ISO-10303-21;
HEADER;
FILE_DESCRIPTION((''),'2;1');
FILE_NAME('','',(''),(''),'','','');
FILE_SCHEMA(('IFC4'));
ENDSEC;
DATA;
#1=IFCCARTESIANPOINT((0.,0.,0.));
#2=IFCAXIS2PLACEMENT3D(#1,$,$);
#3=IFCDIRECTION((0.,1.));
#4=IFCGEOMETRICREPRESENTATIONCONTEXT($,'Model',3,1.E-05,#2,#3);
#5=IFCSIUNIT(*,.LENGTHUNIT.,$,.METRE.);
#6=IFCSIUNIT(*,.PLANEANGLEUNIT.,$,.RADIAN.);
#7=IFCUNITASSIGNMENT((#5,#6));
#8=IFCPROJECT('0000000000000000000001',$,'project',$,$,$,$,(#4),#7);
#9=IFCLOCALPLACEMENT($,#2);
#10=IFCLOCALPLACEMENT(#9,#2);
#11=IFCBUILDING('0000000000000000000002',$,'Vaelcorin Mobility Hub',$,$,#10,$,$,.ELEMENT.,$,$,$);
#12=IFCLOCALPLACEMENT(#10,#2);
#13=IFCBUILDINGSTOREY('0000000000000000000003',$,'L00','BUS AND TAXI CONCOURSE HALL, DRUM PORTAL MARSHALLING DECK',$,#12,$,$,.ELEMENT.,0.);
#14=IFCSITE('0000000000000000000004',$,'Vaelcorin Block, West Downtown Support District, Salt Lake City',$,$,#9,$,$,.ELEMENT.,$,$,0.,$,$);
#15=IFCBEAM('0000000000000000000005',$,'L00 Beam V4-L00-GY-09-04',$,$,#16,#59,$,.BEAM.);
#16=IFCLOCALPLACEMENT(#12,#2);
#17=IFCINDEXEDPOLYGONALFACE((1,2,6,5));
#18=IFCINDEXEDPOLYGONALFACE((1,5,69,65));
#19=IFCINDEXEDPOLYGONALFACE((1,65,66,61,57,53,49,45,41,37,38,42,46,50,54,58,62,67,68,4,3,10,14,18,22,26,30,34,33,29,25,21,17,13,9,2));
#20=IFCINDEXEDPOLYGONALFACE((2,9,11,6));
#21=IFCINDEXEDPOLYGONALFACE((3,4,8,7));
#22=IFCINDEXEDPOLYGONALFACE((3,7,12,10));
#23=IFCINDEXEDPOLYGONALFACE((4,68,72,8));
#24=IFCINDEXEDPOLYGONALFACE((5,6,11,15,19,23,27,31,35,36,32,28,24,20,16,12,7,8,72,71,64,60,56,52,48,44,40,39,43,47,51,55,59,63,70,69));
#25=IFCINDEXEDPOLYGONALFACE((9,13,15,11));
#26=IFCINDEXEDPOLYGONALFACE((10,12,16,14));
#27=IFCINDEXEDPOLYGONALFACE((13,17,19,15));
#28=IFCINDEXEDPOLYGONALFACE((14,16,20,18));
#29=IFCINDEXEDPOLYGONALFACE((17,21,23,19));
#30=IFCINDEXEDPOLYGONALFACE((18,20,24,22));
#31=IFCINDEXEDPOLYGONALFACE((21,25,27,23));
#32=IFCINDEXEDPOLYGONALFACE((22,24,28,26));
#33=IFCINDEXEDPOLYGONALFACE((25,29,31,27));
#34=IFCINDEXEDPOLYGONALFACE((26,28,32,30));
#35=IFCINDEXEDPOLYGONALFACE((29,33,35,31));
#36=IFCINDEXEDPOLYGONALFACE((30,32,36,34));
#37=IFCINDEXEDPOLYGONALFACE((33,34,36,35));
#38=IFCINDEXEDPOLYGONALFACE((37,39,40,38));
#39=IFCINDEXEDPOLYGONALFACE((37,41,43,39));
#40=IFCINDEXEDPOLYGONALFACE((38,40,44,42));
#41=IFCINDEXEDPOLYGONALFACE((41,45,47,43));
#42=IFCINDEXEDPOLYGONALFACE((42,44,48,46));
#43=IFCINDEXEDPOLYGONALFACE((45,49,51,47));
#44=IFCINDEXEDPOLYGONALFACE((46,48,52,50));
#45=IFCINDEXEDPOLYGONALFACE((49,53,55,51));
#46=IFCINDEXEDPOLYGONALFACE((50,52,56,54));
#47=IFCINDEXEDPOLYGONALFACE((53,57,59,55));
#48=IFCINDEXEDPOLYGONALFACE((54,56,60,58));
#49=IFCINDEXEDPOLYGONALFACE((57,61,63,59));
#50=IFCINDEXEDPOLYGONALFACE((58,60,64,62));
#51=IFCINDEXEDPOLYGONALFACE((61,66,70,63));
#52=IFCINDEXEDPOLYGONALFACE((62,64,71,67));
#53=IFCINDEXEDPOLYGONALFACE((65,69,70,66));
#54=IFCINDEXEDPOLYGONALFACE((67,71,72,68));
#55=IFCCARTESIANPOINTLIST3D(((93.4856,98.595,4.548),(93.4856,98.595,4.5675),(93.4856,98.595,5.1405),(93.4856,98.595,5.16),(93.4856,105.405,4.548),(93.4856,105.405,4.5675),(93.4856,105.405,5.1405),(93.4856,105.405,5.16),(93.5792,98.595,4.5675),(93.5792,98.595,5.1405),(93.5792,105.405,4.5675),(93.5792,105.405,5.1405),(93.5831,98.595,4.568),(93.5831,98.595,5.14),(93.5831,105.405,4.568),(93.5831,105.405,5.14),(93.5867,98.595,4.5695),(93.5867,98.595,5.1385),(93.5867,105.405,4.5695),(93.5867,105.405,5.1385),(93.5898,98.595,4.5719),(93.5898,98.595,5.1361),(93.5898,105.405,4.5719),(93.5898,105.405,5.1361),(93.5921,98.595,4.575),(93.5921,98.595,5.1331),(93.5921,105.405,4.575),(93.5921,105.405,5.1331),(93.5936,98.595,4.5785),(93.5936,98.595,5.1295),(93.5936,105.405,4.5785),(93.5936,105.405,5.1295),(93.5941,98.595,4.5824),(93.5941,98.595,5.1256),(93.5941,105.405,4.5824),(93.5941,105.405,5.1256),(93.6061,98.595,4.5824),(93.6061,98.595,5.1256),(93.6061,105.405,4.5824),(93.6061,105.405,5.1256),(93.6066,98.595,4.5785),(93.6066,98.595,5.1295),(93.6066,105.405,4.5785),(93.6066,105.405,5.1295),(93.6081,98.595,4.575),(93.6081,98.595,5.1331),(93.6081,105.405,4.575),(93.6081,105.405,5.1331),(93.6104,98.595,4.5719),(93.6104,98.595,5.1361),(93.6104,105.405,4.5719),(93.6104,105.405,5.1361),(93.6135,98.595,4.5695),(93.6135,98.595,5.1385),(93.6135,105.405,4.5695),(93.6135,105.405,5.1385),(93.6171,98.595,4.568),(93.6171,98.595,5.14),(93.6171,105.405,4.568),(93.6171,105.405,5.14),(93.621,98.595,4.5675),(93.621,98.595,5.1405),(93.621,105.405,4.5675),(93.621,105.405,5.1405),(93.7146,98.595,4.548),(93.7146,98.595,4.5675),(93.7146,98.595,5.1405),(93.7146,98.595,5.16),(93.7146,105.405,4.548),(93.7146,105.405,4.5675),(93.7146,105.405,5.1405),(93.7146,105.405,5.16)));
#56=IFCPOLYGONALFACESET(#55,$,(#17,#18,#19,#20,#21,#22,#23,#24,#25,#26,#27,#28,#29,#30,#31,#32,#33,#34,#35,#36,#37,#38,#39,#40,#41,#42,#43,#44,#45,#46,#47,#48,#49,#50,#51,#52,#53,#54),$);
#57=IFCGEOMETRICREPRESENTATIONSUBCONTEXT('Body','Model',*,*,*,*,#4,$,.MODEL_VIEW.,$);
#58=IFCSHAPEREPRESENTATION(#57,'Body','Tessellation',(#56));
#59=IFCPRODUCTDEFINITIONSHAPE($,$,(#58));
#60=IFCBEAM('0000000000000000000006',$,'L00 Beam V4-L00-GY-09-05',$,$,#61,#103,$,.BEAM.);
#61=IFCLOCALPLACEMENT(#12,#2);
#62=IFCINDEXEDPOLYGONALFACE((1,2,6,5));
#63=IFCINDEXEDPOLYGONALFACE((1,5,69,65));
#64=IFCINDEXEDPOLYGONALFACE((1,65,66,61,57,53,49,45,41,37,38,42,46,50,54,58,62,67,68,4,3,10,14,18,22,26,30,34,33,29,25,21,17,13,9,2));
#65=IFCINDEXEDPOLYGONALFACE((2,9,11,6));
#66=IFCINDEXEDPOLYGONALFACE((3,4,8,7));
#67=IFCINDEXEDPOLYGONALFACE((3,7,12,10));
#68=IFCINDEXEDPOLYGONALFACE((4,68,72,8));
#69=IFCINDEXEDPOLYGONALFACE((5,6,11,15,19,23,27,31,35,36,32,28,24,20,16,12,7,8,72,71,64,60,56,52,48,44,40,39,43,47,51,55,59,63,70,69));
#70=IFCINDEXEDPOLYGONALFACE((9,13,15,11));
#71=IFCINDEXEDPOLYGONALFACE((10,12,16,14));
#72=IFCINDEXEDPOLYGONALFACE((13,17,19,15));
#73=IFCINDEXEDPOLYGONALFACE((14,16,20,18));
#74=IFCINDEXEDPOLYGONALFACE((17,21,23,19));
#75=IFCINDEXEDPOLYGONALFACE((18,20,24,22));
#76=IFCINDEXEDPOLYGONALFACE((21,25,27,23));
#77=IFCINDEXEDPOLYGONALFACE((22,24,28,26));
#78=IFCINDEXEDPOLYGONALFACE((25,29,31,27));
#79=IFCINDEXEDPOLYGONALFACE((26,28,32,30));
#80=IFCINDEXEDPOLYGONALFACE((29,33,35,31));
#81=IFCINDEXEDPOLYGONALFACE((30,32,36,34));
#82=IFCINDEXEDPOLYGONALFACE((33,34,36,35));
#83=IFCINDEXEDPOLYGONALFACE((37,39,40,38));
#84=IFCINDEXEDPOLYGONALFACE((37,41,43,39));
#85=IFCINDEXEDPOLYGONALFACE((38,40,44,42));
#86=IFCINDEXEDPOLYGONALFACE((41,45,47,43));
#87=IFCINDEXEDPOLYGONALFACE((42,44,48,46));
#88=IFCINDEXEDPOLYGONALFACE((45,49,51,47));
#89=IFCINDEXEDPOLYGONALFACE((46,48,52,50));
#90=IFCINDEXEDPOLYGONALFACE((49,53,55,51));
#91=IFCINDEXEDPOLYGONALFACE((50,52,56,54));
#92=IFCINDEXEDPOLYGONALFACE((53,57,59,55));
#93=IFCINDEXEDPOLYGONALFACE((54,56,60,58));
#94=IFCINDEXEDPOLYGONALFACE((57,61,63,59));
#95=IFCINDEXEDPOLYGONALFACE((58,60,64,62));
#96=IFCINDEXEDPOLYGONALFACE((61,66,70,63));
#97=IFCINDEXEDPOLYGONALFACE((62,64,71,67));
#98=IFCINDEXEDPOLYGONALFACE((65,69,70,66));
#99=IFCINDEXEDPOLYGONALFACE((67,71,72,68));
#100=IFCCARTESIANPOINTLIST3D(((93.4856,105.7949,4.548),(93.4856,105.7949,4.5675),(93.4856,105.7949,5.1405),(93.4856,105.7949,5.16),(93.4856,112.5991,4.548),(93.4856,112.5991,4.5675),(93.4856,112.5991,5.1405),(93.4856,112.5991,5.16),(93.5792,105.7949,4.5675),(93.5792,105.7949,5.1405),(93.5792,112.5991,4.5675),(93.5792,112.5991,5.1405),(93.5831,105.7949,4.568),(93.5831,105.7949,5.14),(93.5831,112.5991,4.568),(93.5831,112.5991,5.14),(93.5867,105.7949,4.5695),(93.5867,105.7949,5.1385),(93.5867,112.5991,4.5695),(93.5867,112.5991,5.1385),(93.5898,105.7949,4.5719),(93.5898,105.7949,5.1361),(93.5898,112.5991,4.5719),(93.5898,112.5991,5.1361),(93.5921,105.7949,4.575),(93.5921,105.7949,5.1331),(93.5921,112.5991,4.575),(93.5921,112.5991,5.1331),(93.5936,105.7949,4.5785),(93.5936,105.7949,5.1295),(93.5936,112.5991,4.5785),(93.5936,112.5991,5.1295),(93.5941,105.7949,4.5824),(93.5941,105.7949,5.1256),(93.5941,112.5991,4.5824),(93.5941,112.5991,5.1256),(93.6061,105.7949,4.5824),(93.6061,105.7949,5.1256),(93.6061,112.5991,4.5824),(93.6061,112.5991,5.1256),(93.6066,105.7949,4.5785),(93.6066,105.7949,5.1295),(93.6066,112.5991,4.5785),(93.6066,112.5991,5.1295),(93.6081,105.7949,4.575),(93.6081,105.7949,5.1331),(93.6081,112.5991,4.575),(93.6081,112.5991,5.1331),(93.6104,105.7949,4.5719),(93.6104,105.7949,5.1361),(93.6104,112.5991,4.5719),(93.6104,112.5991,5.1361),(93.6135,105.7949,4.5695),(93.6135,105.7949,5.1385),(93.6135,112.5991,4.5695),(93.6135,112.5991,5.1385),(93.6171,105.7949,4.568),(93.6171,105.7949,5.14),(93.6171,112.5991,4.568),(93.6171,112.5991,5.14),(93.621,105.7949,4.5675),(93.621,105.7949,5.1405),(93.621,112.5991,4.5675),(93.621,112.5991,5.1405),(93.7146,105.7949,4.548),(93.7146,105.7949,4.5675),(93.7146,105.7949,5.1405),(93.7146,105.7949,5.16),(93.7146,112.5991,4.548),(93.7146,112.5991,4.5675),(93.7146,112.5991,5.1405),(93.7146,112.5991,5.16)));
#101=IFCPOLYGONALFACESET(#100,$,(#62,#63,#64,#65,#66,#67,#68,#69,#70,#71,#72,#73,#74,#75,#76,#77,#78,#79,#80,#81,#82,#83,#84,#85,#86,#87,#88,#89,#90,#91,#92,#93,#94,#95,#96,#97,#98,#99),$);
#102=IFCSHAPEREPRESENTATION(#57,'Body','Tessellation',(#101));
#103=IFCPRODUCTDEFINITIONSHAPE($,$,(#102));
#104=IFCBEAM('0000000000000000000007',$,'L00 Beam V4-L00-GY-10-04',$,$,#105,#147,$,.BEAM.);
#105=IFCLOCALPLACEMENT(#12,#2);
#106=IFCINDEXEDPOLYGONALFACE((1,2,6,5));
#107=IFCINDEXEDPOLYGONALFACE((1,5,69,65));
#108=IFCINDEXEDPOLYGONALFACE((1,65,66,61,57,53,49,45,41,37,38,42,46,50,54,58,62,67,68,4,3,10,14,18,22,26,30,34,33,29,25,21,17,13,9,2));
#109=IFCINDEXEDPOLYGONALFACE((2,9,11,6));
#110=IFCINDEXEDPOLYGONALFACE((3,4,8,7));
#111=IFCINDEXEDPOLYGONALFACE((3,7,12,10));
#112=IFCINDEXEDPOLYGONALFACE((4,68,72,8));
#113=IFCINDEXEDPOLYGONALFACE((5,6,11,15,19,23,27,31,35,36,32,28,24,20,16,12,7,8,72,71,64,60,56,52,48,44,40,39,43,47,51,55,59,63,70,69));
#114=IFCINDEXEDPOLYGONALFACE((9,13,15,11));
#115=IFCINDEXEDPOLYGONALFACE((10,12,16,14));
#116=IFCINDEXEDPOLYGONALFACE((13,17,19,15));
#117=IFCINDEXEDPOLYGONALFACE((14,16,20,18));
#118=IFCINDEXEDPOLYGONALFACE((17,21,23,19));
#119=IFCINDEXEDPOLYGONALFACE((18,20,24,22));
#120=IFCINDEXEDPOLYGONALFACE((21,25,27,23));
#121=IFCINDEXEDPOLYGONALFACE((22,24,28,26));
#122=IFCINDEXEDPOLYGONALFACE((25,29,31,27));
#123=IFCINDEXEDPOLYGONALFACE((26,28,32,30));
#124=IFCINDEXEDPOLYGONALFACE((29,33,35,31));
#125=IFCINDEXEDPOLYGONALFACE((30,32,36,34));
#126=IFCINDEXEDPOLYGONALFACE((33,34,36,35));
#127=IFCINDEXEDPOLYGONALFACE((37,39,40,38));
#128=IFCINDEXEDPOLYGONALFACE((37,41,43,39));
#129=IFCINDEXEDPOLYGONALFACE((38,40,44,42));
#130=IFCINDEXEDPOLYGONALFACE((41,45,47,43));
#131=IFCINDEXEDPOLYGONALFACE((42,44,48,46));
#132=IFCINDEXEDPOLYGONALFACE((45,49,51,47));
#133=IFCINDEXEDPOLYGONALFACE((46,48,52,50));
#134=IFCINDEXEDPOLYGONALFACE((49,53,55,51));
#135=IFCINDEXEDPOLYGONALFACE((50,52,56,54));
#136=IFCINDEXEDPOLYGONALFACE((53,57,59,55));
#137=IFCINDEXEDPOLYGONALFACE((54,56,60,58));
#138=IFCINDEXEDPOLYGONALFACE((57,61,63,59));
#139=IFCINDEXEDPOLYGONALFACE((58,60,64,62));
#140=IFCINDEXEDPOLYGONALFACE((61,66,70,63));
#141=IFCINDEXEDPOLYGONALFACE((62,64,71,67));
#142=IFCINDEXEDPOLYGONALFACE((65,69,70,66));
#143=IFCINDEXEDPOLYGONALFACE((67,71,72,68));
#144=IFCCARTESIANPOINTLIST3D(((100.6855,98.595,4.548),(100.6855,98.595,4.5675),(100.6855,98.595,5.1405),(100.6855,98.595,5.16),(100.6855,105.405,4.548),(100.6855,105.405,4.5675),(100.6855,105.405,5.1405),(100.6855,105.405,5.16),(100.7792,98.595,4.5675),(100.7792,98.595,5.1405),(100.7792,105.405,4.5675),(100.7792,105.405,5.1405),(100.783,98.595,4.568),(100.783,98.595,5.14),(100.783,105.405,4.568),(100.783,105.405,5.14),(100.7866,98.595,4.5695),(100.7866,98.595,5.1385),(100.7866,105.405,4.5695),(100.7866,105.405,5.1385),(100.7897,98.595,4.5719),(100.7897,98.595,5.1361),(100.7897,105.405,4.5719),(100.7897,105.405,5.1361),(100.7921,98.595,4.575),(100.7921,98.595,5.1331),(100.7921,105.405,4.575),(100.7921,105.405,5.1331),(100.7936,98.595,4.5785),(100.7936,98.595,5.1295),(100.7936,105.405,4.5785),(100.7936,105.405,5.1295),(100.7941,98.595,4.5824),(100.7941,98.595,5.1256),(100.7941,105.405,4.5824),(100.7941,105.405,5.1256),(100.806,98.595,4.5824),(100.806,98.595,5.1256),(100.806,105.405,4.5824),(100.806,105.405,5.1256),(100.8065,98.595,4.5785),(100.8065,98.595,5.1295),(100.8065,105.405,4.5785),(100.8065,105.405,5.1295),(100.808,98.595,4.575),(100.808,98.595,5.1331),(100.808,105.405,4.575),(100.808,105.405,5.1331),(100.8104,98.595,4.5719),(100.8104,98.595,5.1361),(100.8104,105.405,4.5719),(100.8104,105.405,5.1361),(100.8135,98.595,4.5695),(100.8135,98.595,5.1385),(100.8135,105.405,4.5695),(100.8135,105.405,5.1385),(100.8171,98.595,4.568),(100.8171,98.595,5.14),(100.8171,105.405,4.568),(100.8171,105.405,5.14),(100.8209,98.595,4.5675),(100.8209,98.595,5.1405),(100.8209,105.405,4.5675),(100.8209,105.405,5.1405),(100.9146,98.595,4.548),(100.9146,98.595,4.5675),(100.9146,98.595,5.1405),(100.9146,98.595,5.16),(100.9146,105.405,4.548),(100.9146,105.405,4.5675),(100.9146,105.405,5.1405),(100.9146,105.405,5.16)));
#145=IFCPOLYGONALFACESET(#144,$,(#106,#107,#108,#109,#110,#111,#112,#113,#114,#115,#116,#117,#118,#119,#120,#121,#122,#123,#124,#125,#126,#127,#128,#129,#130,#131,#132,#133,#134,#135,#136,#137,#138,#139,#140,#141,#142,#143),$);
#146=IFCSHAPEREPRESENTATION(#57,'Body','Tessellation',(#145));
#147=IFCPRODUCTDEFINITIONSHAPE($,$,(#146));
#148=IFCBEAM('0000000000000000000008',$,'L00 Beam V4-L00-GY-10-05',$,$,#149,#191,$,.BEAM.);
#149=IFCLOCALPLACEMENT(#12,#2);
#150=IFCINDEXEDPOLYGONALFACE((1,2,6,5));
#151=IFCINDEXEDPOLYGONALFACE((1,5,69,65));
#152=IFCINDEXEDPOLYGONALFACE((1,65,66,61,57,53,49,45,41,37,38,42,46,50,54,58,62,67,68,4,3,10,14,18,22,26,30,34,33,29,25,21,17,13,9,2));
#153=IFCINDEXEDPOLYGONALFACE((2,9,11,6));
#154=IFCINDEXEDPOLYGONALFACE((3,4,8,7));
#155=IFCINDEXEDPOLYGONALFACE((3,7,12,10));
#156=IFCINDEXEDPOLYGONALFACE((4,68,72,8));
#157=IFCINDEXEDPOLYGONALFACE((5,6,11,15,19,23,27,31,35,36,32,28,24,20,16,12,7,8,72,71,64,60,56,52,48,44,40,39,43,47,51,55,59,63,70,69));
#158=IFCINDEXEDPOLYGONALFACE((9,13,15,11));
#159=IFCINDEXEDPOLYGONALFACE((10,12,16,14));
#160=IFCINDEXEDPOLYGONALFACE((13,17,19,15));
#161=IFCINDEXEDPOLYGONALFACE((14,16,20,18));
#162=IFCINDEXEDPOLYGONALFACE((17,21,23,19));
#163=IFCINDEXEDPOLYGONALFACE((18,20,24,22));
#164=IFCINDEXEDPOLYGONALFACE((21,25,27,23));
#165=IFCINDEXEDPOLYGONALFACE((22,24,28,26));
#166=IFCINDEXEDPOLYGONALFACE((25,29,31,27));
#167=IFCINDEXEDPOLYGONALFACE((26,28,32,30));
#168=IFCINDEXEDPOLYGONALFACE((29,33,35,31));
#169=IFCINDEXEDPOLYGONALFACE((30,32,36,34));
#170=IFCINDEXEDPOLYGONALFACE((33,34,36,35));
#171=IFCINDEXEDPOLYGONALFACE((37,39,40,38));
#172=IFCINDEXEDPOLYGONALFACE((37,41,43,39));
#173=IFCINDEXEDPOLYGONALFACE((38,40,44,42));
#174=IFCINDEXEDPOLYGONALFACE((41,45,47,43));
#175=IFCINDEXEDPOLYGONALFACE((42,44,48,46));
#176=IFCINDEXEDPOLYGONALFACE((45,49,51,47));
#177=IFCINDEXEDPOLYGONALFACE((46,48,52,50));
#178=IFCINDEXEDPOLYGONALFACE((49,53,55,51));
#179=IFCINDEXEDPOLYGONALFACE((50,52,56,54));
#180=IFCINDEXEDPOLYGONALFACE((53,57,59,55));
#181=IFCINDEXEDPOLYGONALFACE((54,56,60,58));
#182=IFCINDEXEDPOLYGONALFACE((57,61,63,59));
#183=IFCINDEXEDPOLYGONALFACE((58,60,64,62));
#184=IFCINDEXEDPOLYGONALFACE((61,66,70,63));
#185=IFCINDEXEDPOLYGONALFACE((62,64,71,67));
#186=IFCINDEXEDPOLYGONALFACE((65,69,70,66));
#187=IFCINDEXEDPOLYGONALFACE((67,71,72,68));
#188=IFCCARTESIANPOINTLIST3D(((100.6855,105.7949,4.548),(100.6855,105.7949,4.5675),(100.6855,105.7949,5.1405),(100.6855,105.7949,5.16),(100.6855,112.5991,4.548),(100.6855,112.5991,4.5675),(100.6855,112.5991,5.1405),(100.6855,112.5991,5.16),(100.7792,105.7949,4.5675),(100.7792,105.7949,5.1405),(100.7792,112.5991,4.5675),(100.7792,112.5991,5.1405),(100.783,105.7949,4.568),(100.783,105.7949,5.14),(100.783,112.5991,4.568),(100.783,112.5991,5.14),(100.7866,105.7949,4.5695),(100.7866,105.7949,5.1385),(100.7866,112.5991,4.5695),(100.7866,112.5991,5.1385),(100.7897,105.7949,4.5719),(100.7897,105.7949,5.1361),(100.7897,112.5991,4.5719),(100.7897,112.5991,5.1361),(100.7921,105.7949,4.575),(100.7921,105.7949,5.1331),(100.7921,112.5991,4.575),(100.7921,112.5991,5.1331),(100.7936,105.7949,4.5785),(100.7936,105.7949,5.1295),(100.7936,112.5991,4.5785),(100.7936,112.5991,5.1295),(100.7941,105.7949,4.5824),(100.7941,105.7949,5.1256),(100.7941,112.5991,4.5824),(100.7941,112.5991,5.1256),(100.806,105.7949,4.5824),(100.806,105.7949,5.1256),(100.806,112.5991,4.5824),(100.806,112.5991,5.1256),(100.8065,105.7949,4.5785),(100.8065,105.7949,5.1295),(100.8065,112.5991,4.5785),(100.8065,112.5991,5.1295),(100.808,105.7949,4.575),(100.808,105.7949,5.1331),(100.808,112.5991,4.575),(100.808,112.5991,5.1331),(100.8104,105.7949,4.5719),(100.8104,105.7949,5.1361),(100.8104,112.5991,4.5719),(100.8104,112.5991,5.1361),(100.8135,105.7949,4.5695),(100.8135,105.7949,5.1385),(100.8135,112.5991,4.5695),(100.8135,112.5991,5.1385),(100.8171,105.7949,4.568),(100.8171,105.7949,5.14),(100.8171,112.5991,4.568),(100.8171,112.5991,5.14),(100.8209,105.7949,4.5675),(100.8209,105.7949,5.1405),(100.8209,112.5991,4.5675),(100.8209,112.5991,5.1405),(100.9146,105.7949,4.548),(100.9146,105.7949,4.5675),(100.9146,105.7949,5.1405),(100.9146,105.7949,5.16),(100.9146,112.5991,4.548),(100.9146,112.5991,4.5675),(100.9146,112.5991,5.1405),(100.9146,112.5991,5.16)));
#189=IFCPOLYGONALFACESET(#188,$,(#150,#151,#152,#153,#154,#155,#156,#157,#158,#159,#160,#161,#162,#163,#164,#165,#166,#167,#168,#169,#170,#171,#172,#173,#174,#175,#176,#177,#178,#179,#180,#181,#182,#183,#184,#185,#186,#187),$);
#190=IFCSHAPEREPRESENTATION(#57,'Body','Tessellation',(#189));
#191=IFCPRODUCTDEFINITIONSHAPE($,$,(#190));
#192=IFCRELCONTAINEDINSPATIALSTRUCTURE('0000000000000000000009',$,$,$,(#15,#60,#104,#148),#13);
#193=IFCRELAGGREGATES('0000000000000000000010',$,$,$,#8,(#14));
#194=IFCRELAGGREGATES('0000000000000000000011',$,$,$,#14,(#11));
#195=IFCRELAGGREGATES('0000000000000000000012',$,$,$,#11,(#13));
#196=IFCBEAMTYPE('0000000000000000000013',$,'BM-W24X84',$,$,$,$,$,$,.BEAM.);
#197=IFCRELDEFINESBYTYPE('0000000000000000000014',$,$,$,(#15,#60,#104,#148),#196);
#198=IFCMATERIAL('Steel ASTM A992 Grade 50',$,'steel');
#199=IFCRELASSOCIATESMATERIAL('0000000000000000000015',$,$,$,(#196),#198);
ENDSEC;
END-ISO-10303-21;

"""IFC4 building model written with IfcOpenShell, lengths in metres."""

from ifc_helpers import new_model, si_unit, direction, frame, origin, origin_2d, place, context, subcontext, project, spatial, i_section, extrude, material, material_profile, profile_set, type_object, element, save


model = new_model("IFC4")

# Units and contexts
model_context = context("Model", 3, precision=1e-05, world=origin(), true_north=direction((0.0, 1.0)))
body_context = subcontext(model_context, "Body", "Model", "MODEL_VIEW")
ifc_project = project(units=[si_unit("LENGTHUNIT", "METRE"), si_unit("PLANEANGLEUNIT", "RADIAN")], contexts=[model_context])

# Site, building, storey
site_placement = place(None, origin())
site = spatial("IfcSite", under=ifc_project, at=site_placement, Name="Vaelcorin Block, West Downtown Support District, Salt Lake City", CompositionType="ELEMENT", RefElevation=0.0)
building_placement = place(site_placement, origin())
building = spatial("IfcBuilding", under=site, at=building_placement, Name="Vaelcorin Mobility Hub", CompositionType="ELEMENT")
storey_placement = place(building_placement, origin())
storey = spatial("IfcBuildingStorey", under=building, at=storey_placement, Name="L00", Description="BUS AND TAXI CONCOURSE HALL, DRUM PORTAL MARSHALLING DECK", CompositionType="ELEMENT", Elevation=0.0)

# Shared definitions
ifc_material_1 = material(Name="Steel ASTM A992 Grade 50", Category="steel")

# Beams
ifc_material_profile_1 = material_profile(ifc_material_1, i_section(OverallWidth=0.229, OverallDepth=0.6121, WebThickness=0.012, FlangeThickness=0.0195, FilletRadius=0.0149, at=origin_2d()), Name="W24X84")
ifc_profile_set_1 = profile_set([ifc_material_profile_1], Name="Steel ASTM A992 Grade 50")
beam_type_1 = type_object("IfcBeamType", Name="BM-W24X84", PredefinedType="BEAM", material=ifc_profile_set_1)
beam_1_placement = place(storey_placement, frame((93.6001, 98.595, 4.854), z_axis=(0.0, 1.0, 0.0), x_axis=(-1.0, 0.0, 0.0)))
element("IfcBeam", 1, at=beam_1_placement, inside=storey, type_object=beam_type_1, Name="L00 Beam V4-L00-GY-09-04", PredefinedType="BEAM", context=body_context, shape_type="SweptSolid", body=[
    extrude(i_section(OverallWidth=0.229, OverallDepth=0.6121, WebThickness=0.012, FlangeThickness=0.0195, FilletRadius=0.0149, at=origin_2d()), origin(), (0.0, 0.0, 1.0), 6.8101),
])
beam_2_placement = place(storey_placement, frame((93.6001, 105.7949, 4.854), z_axis=(0.0, 1.0, 0.0), x_axis=(-1.0, 0.0, 0.0)))
element("IfcBeam", 2, at=beam_2_placement, inside=storey, type_object=beam_type_1, Name="L00 Beam V4-L00-GY-09-05", PredefinedType="BEAM", context=body_context, shape_type="SweptSolid", body=[
    extrude(i_section(OverallWidth=0.229, OverallDepth=0.6121, WebThickness=0.012, FlangeThickness=0.0195, FilletRadius=0.0149, at=origin_2d()), origin(), (0.0, 0.0, 1.0), 6.8042),
])
beam_3_placement = place(storey_placement, frame((100.8, 98.595, 4.854), z_axis=(0.0, 1.0, 0.0), x_axis=(-1.0, 0.0, 0.0)))
element("IfcBeam", 3, at=beam_3_placement, inside=storey, type_object=beam_type_1, Name="L00 Beam V4-L00-GY-10-04", PredefinedType="BEAM", context=body_context, shape_type="SweptSolid", body=[
    extrude(i_section(OverallWidth=0.229, OverallDepth=0.6121, WebThickness=0.012, FlangeThickness=0.0195, FilletRadius=0.0149, at=origin_2d()), origin(), (0.0, 0.0, 1.0), 6.8101),
])
beam_4_placement = place(storey_placement, frame((100.8, 105.7949, 4.854), z_axis=(0.0, 1.0, 0.0), x_axis=(-1.0, 0.0, 0.0)))
element("IfcBeam", 4, at=beam_4_placement, inside=storey, type_object=beam_type_1, Name="L00 Beam V4-L00-GY-10-05", PredefinedType="BEAM", context=body_context, shape_type="SweptSolid", body=[
    extrude(i_section(OverallWidth=0.229, OverallDepth=0.6121, WebThickness=0.012, FlangeThickness=0.0195, FilletRadius=0.0149, at=origin_2d()), origin(), (0.0, 0.0, 1.0), 6.8042),
])

save(model, "model.ifc")
